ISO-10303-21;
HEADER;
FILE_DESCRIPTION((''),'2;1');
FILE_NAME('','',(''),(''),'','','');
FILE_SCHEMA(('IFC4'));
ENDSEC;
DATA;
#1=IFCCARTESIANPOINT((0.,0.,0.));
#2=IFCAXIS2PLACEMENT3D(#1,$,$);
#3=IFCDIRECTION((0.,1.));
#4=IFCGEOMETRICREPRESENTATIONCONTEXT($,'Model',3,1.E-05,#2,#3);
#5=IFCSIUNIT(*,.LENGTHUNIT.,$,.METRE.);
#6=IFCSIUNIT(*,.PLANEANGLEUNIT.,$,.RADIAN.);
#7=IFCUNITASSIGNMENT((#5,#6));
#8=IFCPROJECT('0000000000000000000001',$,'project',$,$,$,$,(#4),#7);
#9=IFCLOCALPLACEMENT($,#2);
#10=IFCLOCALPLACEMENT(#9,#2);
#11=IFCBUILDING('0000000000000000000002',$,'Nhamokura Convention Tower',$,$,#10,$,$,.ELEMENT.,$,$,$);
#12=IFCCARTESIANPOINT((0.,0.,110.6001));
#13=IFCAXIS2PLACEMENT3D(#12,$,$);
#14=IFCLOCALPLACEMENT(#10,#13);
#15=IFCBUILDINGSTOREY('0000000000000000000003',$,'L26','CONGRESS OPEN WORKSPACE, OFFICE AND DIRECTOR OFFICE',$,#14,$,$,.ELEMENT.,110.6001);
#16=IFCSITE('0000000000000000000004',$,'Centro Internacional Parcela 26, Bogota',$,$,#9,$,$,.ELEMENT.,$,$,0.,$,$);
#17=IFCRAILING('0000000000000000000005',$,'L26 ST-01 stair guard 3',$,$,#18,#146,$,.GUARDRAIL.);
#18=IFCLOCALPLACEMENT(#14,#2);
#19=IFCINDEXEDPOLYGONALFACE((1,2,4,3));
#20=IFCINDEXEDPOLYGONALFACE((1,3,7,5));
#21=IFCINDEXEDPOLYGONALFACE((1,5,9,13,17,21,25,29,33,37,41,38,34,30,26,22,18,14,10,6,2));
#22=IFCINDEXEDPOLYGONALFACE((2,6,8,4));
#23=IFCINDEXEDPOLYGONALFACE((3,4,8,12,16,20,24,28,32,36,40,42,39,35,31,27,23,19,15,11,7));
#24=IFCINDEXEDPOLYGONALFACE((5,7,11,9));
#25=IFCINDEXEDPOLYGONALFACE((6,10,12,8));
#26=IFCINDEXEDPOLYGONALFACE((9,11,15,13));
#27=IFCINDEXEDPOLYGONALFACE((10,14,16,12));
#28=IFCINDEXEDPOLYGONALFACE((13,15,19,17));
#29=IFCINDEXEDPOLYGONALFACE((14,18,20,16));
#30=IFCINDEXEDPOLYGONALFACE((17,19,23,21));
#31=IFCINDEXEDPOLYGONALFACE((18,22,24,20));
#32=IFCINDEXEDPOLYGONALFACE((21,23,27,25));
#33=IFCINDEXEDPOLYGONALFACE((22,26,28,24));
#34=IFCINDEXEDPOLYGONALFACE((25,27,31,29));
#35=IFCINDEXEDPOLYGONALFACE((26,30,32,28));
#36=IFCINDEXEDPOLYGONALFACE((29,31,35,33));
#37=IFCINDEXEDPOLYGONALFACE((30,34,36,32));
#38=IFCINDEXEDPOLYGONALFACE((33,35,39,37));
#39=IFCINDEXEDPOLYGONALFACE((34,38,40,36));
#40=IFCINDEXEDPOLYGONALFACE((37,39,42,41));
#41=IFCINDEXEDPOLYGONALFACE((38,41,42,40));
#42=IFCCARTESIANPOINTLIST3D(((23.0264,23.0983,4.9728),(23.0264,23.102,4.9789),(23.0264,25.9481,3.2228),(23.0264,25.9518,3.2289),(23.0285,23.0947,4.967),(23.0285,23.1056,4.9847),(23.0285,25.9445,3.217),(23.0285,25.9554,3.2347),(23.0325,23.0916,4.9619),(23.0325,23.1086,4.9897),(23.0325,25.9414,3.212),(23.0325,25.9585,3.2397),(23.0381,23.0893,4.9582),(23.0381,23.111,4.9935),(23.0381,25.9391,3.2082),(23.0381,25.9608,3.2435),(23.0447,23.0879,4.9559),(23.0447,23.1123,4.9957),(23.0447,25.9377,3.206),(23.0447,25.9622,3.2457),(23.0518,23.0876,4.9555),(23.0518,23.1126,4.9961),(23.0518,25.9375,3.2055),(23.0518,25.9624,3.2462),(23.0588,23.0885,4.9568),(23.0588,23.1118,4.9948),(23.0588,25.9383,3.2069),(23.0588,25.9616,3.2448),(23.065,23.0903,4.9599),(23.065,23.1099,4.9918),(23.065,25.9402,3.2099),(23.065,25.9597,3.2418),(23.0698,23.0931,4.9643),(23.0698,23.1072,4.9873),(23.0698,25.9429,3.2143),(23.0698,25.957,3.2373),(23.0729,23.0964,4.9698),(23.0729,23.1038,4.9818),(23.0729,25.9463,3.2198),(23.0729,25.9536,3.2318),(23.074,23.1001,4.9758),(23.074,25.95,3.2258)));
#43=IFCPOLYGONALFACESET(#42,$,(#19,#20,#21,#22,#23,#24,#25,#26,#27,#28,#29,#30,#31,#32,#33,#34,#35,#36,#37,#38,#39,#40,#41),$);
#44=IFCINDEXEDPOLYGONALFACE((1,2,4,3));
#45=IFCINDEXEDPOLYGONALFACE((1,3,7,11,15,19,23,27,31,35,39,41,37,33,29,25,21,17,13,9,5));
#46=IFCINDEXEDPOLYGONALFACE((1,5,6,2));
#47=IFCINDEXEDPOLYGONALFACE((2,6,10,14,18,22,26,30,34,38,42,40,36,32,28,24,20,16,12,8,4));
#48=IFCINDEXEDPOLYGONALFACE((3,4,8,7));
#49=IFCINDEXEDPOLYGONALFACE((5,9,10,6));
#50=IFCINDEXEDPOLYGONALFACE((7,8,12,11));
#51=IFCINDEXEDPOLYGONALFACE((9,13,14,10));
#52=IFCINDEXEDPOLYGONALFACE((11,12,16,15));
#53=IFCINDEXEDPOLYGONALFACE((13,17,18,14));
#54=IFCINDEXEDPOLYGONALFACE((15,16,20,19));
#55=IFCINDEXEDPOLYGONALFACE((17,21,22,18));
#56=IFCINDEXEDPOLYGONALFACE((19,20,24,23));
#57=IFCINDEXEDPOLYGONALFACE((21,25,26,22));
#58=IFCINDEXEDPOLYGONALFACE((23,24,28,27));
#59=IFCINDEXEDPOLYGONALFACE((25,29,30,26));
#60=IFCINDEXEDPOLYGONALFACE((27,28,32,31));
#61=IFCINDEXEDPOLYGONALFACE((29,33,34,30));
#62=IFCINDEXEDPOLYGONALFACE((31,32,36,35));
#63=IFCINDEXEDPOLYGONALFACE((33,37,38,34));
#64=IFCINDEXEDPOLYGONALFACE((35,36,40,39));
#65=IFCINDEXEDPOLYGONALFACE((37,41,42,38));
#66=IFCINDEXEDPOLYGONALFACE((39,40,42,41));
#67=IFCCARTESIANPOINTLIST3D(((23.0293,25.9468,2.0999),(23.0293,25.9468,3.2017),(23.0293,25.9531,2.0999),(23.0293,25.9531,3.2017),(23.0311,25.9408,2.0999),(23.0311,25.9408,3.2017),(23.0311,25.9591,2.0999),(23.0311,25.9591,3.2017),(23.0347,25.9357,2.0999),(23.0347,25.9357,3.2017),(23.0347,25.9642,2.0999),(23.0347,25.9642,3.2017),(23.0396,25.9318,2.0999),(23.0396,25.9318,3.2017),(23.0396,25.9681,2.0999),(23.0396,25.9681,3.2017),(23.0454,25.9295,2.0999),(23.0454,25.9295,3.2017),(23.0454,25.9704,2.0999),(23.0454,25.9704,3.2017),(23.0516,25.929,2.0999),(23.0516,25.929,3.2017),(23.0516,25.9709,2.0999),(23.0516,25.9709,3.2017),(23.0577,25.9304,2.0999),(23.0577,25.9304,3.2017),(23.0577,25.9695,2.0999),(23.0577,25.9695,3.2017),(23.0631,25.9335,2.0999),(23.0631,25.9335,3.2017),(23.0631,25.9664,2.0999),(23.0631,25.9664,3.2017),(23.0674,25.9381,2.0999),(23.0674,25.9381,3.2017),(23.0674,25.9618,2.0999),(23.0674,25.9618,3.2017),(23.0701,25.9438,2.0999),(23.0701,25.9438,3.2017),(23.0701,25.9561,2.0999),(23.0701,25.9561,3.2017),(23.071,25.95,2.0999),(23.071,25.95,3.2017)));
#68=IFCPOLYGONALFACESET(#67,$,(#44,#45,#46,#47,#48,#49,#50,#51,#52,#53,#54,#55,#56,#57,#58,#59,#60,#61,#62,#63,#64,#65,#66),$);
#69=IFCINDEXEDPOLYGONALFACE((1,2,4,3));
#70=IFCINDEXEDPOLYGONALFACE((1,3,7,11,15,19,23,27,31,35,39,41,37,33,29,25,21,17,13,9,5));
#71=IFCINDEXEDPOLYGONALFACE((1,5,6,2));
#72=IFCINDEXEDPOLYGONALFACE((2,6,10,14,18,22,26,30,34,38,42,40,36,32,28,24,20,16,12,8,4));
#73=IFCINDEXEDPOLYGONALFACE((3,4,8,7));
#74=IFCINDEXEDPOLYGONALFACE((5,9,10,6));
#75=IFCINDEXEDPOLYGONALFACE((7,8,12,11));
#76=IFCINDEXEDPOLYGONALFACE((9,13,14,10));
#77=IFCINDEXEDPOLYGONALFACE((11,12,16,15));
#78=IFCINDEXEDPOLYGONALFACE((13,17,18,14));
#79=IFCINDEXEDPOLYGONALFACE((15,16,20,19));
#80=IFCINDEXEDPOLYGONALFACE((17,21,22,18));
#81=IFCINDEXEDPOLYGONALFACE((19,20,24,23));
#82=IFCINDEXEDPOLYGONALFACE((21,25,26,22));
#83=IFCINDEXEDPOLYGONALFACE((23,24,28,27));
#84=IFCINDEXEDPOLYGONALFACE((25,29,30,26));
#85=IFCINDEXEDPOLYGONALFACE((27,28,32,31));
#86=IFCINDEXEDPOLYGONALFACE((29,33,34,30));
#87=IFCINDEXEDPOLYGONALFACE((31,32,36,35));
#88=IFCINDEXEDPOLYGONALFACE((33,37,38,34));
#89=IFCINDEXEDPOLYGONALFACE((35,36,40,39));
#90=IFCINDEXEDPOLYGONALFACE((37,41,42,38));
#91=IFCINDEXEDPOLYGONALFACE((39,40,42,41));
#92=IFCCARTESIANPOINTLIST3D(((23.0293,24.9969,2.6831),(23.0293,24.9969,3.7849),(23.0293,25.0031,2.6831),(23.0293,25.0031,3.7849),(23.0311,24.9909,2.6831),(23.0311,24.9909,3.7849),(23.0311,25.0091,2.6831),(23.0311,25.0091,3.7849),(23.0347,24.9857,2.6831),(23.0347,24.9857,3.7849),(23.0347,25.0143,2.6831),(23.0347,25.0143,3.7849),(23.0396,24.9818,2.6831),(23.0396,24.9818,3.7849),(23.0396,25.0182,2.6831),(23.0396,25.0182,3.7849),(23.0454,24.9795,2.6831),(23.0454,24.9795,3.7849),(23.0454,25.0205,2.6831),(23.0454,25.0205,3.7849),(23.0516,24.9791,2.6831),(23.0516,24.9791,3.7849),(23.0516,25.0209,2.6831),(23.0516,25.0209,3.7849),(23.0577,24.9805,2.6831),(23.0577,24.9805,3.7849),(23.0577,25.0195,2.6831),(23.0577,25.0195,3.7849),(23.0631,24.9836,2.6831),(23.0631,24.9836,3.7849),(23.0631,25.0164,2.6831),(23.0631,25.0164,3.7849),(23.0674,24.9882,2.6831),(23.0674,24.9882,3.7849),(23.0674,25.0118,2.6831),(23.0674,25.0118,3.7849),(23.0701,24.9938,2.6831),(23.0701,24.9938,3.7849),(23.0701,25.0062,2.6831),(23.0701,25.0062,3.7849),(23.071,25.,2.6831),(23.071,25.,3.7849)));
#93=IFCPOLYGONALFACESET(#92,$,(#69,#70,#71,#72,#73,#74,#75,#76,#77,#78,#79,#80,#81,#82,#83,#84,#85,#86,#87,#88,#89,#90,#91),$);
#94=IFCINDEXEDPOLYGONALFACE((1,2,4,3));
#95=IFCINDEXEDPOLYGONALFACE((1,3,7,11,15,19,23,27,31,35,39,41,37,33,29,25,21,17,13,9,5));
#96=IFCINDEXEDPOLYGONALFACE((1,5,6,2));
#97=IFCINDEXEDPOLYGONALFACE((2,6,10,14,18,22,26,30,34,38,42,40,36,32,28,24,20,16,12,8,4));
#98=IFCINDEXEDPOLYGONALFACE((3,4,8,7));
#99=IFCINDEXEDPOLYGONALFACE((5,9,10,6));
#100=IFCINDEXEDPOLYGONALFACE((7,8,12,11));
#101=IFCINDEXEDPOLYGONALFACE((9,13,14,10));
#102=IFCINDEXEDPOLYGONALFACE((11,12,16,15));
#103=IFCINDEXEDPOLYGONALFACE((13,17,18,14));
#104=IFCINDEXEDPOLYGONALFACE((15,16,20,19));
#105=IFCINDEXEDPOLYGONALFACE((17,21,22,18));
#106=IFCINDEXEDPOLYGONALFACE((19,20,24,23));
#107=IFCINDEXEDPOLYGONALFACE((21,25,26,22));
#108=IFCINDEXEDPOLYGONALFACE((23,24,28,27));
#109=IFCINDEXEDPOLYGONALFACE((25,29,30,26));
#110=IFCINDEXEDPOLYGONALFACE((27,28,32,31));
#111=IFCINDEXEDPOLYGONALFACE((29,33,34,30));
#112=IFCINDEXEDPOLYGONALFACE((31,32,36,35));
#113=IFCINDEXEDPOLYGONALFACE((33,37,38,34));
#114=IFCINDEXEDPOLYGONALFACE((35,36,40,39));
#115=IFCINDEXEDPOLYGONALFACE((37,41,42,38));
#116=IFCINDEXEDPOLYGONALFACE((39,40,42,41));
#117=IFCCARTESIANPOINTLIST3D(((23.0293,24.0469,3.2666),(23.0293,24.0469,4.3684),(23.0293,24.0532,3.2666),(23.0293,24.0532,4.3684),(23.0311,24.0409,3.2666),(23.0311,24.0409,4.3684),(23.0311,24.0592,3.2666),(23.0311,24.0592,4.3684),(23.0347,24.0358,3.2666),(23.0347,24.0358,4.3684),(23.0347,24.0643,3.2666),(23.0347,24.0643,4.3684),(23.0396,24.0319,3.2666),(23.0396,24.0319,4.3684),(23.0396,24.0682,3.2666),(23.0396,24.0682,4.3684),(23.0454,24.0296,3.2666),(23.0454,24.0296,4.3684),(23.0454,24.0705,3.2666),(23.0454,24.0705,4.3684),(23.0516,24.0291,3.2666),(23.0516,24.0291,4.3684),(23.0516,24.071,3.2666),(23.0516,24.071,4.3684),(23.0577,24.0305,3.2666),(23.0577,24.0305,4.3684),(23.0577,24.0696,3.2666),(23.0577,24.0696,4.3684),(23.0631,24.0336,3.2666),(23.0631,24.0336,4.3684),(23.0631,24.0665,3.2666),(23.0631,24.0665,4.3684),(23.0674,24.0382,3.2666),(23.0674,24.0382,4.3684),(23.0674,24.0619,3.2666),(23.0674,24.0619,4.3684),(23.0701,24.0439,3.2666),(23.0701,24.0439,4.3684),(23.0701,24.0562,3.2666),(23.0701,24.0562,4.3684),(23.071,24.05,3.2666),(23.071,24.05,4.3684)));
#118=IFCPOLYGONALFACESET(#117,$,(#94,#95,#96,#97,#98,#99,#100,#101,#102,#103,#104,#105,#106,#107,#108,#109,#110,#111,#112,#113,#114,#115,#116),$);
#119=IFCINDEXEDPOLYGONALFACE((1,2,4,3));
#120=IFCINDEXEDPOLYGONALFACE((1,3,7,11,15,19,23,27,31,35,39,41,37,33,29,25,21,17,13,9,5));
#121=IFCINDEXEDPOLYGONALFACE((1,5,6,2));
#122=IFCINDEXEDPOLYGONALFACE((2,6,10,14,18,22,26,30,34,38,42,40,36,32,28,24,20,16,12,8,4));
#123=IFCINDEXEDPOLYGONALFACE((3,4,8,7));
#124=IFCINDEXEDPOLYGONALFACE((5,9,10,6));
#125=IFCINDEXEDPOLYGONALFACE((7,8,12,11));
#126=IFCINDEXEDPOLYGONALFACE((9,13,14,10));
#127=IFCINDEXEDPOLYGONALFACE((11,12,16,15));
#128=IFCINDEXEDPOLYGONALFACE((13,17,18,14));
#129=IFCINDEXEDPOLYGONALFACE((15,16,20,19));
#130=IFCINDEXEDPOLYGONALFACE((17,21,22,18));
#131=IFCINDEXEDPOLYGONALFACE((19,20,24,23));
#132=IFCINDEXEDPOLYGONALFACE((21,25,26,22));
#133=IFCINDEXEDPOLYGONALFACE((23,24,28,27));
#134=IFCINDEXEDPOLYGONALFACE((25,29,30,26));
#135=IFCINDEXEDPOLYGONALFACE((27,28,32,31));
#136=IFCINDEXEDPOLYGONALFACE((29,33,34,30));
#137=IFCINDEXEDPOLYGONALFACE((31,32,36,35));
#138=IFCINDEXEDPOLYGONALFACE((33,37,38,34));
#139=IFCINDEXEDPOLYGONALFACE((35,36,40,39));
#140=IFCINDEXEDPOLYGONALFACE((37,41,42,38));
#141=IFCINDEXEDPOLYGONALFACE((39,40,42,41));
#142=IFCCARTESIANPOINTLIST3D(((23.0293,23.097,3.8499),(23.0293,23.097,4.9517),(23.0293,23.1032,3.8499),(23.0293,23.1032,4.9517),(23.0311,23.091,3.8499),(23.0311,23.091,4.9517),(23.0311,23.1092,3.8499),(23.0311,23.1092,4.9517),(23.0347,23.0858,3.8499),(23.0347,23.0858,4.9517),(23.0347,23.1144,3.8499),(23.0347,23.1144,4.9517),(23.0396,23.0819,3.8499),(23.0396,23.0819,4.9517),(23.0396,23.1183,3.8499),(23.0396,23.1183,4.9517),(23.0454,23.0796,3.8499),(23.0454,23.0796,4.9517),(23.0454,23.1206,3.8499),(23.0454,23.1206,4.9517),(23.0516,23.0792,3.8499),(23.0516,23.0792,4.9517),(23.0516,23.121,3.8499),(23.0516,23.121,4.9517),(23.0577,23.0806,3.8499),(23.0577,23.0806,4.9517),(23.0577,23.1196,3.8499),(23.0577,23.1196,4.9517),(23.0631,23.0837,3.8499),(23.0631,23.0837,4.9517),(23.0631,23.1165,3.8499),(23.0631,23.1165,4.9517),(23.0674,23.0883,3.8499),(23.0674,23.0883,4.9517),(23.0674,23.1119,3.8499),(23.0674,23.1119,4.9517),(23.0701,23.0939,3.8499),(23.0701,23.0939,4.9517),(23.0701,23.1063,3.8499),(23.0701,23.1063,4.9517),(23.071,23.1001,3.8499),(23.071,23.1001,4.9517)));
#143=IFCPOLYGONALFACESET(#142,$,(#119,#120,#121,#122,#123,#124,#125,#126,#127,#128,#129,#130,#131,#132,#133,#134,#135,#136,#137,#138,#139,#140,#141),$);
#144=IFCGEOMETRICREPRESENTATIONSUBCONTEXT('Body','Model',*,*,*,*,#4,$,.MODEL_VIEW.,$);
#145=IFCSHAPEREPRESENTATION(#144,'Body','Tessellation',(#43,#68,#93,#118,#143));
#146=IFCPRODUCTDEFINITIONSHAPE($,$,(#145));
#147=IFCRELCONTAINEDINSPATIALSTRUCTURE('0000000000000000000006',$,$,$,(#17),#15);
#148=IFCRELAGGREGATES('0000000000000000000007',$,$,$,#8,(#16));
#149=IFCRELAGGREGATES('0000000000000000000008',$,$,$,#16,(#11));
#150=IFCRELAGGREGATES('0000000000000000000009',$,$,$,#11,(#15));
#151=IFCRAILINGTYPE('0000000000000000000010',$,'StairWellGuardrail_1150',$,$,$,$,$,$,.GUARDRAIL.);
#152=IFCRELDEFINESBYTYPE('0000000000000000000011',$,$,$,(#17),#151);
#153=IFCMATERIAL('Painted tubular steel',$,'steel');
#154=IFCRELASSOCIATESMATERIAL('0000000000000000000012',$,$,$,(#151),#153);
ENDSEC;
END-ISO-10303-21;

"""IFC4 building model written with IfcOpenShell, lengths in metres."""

from ifc_helpers import new_model, si_unit, direction, frame, origin, origin_2d, place, context, subcontext, project, spatial, circle, extrude, material, type_object, element, save


model = new_model("IFC4")

# Units and contexts
model_context = context("Model", 3, precision=1e-05, world=origin(), true_north=direction((0.0, 1.0)))
body_context = subcontext(model_context, "Body", "Model", "MODEL_VIEW")
ifc_project = project(units=[si_unit("LENGTHUNIT", "METRE"), si_unit("PLANEANGLEUNIT", "RADIAN")], contexts=[model_context])

# Site, building, storey
site_placement = place(None, origin())
site = spatial("IfcSite", under=ifc_project, at=site_placement, Name="Centro Internacional Parcela 26, Bogota", CompositionType="ELEMENT", RefElevation=0.0)
building_placement = place(site_placement, origin())
building = spatial("IfcBuilding", under=site, at=building_placement, Name="Nhamokura Convention Tower", CompositionType="ELEMENT")
storey_placement = place(building_placement, frame((0.0, 0.0, 110.6001)))
storey = spatial("IfcBuildingStorey", under=building, at=storey_placement, Name="L26", Description="CONGRESS OPEN WORKSPACE, OFFICE AND DIRECTOR OFFICE", CompositionType="ELEMENT", Elevation=110.6001)

# Railing
ifc_material_1 = material(Name="Painted tubular steel", Category="steel")
railing_type_1 = type_object("IfcRailingType", Name="StairWellGuardrail_1150", PredefinedType="GUARDRAIL", material=ifc_material_1)
railing_1_placement = place(storey_placement, frame((23.05, 25.95, 2.0999)))
element("IfcRailing", 1, at=railing_1_placement, inside=storey, type_object=railing_type_1, Name="L26 ST-01 stair guard 3", PredefinedType="GUARDRAIL", context=body_context, shape_type="SweptSolid", body=[
    extrude(circle(Radius=0.0239, at=origin_2d()), frame((0.0, 0.0, 1.126), z_axis=(0.0, -0.852159, 0.523283), x_axis=(1.0, 0.0, 0.0)), (0.0, 0.0, 1.0), 3.3442),
    extrude(circle(Radius=0.021, at=origin_2d()), origin(), (0.0, 0.0, 1.0), 1.1018),
    extrude(circle(Radius=0.021, at=origin_2d()), frame((0.0, -0.95, 0.5833)), (0.0, 0.0, 1.0), 1.1018),
    extrude(circle(Radius=0.021, at=origin_2d()), frame((0.0, -1.8999, 1.1667)), (0.0, 0.0, 1.0), 1.1018),
    extrude(circle(Radius=0.021, at=origin_2d()), frame((0.0, -2.8499, 1.75)), (0.0, 0.0, 1.0), 1.1018),
])

save(model, "model.ifc")
